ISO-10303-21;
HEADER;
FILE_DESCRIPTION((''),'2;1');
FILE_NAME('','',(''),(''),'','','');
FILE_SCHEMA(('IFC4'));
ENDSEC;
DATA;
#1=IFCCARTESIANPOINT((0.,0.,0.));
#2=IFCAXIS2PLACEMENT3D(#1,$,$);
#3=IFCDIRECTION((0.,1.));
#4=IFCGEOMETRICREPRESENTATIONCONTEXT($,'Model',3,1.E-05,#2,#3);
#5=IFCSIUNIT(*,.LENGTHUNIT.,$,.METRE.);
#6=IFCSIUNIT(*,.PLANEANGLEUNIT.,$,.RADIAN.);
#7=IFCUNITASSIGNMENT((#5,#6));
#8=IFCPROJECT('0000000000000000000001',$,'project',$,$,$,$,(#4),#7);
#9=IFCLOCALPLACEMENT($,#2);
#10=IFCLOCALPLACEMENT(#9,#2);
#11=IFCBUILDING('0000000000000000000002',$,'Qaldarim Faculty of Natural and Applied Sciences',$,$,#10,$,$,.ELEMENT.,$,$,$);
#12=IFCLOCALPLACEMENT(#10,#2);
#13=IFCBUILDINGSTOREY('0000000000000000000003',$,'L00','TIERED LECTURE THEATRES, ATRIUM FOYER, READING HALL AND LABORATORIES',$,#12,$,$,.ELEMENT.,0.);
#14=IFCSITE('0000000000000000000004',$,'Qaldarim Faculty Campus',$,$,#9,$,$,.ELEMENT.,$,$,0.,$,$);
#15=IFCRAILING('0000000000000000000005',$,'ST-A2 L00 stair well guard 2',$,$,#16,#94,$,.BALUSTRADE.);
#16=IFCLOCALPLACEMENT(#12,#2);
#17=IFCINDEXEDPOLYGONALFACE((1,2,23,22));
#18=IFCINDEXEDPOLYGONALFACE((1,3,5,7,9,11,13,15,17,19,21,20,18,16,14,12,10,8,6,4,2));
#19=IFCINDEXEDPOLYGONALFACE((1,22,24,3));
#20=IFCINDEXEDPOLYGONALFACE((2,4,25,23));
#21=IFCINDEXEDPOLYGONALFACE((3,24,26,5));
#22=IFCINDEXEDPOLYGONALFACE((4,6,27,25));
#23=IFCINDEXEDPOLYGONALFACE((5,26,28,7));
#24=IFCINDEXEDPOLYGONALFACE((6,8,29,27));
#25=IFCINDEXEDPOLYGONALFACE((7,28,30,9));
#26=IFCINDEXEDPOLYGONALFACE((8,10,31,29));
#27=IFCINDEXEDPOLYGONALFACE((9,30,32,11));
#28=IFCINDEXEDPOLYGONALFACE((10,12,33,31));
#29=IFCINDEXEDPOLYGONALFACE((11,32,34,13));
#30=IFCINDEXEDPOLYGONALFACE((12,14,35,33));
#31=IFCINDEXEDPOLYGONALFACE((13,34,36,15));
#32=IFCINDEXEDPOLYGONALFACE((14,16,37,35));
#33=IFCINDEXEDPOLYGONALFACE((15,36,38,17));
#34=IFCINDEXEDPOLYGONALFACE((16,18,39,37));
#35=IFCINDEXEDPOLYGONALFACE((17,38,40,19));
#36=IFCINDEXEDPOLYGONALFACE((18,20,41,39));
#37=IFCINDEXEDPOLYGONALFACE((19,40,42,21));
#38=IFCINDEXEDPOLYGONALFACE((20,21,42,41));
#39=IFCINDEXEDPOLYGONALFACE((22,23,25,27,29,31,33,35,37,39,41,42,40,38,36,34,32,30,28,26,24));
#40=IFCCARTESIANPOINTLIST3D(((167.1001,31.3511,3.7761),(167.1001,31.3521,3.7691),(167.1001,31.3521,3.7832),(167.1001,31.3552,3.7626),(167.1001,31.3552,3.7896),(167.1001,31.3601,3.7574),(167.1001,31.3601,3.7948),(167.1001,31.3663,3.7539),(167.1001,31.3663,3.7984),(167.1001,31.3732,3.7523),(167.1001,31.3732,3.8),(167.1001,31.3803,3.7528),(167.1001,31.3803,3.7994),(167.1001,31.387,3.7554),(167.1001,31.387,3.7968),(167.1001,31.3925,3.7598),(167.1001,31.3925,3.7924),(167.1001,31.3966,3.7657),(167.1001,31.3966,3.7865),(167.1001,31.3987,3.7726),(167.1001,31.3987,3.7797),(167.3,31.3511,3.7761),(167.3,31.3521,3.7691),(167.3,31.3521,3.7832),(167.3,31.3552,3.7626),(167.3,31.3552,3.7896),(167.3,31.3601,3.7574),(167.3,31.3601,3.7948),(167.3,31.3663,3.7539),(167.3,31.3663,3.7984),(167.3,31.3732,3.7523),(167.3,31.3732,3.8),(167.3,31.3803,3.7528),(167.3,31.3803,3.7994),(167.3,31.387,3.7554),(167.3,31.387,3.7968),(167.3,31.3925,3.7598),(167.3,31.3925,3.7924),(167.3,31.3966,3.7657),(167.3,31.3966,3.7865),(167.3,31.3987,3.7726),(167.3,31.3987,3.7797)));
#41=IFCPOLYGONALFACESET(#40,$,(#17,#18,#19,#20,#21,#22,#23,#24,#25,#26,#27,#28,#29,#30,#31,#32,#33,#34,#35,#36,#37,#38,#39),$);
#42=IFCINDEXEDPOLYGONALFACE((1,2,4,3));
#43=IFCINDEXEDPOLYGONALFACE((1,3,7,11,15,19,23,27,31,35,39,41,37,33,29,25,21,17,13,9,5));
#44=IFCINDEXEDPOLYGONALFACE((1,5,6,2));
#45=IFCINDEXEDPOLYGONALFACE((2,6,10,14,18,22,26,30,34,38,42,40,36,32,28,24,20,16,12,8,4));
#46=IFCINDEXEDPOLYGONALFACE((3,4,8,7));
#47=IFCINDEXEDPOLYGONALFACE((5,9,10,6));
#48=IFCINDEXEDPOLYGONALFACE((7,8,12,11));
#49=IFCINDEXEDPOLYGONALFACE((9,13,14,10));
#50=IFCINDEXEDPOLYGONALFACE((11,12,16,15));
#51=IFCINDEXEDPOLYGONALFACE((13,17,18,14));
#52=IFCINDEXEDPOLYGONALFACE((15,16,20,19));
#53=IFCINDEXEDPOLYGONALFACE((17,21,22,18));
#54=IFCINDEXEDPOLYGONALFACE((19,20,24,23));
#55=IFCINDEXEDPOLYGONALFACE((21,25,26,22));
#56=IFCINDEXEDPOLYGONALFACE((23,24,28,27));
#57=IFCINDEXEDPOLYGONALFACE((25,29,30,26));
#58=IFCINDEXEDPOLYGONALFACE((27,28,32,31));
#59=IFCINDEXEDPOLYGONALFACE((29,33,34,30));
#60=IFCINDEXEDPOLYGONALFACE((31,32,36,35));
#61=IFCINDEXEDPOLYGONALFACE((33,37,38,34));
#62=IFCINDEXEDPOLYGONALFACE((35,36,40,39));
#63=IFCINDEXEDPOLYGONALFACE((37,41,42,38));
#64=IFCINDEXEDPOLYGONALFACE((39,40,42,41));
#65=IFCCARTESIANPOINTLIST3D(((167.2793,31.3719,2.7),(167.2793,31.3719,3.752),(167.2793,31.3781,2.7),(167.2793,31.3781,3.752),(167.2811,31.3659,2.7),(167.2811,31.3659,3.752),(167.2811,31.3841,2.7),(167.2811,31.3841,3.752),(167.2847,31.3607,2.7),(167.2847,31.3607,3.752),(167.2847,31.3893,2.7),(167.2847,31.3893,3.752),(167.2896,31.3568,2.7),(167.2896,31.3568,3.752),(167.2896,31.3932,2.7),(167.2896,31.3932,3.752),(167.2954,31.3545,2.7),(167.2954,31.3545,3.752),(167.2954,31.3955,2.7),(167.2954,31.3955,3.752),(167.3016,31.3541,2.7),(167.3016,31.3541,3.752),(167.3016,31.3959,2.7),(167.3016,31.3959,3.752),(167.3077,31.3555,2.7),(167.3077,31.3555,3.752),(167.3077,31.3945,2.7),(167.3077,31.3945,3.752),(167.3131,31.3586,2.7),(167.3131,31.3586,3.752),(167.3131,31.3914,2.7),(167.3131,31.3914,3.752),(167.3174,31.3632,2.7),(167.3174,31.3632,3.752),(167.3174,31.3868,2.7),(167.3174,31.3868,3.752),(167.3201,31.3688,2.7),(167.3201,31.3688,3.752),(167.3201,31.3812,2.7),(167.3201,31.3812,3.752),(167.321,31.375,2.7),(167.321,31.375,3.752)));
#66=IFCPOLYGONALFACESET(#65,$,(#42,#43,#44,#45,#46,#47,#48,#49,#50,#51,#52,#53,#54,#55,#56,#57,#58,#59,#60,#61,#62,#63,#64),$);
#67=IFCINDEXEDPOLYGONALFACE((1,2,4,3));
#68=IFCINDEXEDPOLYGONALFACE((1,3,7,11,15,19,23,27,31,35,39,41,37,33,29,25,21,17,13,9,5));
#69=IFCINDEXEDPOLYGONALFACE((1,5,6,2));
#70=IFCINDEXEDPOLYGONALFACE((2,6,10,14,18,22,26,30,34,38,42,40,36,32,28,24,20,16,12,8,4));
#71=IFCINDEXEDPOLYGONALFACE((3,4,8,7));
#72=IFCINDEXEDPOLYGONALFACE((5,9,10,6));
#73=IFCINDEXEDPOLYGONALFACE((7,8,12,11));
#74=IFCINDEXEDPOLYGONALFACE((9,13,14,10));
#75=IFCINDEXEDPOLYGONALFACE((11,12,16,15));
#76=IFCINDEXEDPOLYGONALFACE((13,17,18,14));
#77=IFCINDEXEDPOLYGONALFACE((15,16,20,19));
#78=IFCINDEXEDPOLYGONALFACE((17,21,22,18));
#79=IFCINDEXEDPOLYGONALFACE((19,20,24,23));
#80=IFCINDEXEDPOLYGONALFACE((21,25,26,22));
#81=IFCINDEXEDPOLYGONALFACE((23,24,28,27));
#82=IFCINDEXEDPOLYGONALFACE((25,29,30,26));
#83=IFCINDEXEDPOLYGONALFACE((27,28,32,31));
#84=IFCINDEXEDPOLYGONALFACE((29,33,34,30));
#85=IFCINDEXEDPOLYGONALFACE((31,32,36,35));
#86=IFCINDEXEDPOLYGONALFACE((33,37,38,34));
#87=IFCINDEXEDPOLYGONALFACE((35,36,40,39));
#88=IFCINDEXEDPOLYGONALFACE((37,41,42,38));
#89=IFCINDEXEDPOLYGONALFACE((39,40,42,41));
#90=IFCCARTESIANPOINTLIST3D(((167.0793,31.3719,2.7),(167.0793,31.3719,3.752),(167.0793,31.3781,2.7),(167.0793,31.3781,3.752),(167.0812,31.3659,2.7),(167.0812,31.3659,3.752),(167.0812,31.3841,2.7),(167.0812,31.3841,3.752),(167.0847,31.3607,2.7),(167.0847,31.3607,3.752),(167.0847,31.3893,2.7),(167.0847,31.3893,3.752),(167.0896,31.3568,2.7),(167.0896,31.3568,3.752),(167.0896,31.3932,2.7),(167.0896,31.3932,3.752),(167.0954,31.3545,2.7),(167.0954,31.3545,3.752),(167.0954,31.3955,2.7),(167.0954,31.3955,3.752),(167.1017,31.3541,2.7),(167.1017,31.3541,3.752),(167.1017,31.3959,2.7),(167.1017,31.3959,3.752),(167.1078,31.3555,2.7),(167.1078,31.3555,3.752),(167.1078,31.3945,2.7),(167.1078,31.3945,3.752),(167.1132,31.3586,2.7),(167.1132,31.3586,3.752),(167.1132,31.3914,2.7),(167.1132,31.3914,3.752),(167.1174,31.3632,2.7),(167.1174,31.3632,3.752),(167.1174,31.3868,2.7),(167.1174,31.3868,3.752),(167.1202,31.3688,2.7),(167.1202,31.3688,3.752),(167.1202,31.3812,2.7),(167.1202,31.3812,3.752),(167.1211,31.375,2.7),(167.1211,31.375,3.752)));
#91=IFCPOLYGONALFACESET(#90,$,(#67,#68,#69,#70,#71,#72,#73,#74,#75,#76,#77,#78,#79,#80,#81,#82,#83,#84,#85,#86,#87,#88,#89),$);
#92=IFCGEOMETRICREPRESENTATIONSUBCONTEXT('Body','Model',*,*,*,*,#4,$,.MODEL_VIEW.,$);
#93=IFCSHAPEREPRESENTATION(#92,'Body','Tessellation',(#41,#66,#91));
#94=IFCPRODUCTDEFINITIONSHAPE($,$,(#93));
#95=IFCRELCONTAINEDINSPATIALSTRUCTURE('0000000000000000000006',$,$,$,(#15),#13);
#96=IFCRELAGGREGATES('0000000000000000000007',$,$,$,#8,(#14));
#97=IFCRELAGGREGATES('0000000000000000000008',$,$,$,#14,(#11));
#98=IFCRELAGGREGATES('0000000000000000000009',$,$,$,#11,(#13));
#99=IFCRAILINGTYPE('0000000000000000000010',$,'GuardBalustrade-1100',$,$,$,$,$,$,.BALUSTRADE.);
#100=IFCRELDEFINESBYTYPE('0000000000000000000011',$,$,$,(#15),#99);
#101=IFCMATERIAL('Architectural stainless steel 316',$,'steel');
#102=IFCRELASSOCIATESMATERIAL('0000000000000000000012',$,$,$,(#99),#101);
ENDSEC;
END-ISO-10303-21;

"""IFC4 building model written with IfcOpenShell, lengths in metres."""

from ifc_helpers import new_model, si_unit, direction, frame, origin, origin_2d, place, context, subcontext, project, spatial, circle, extrude, material, type_object, element, save


model = new_model("IFC4")

# Units and contexts
model_context = context("Model", 3, precision=1e-05, world=origin(), true_north=direction((0.0, 1.0)))
body_context = subcontext(model_context, "Body", "Model", "MODEL_VIEW")
ifc_project = project(units=[si_unit("LENGTHUNIT", "METRE"), si_unit("PLANEANGLEUNIT", "RADIAN")], contexts=[model_context])

# Site, building, storey
site_placement = place(None, origin())
site = spatial("IfcSite", under=ifc_project, at=site_placement, Name="Qaldarim Faculty Campus", CompositionType="ELEMENT", RefElevation=0.0)
building_placement = place(site_placement, origin())
building = spatial("IfcBuilding", under=site, at=building_placement, Name="Qaldarim Faculty of Natural and Applied Sciences", CompositionType="ELEMENT")
storey_placement = place(building_placement, origin())
storey = spatial("IfcBuildingStorey", under=building, at=storey_placement, Name="L00", Description="TIERED LECTURE THEATRES, ATRIUM FOYER, READING HALL AND LABORATORIES", CompositionType="ELEMENT", Elevation=0.0)

# Shared definitions
ifc_material_1 = material(Name="Architectural stainless steel 316", Category="steel")

# Railing
railing_type_1 = type_object("IfcRailingType", Name="GuardBalustrade-1100", PredefinedType="BALUSTRADE", material=ifc_material_1)
railing_1_placement = place(storey_placement, frame((167.3, 31.375, 2.7)))
element("IfcRailing", 1, at=railing_1_placement, inside=storey, type_object=railing_type_1, Name="ST-A2 L00 stair well guard 2", PredefinedType="BALUSTRADE", context=body_context, shape_type="SweptSolid", body=[
    extrude(circle(Radius=0.0239, at=origin_2d()), frame((0.0, 0.0, 1.0762), z_axis=(-1.0, 0.0, 0.0), x_axis=(0.0, -1.0, 0.0)), (0.0, 0.0, 1.0), 0.2),
    extrude(circle(Radius=0.021, at=origin_2d()), origin(), (0.0, 0.0, 1.0), 1.052),
    extrude(circle(Radius=0.021, at=origin_2d()), frame((-0.2, 0.0, 0.0)), (0.0, 0.0, 1.0), 1.052),
])

save(model, "model.ifc")
